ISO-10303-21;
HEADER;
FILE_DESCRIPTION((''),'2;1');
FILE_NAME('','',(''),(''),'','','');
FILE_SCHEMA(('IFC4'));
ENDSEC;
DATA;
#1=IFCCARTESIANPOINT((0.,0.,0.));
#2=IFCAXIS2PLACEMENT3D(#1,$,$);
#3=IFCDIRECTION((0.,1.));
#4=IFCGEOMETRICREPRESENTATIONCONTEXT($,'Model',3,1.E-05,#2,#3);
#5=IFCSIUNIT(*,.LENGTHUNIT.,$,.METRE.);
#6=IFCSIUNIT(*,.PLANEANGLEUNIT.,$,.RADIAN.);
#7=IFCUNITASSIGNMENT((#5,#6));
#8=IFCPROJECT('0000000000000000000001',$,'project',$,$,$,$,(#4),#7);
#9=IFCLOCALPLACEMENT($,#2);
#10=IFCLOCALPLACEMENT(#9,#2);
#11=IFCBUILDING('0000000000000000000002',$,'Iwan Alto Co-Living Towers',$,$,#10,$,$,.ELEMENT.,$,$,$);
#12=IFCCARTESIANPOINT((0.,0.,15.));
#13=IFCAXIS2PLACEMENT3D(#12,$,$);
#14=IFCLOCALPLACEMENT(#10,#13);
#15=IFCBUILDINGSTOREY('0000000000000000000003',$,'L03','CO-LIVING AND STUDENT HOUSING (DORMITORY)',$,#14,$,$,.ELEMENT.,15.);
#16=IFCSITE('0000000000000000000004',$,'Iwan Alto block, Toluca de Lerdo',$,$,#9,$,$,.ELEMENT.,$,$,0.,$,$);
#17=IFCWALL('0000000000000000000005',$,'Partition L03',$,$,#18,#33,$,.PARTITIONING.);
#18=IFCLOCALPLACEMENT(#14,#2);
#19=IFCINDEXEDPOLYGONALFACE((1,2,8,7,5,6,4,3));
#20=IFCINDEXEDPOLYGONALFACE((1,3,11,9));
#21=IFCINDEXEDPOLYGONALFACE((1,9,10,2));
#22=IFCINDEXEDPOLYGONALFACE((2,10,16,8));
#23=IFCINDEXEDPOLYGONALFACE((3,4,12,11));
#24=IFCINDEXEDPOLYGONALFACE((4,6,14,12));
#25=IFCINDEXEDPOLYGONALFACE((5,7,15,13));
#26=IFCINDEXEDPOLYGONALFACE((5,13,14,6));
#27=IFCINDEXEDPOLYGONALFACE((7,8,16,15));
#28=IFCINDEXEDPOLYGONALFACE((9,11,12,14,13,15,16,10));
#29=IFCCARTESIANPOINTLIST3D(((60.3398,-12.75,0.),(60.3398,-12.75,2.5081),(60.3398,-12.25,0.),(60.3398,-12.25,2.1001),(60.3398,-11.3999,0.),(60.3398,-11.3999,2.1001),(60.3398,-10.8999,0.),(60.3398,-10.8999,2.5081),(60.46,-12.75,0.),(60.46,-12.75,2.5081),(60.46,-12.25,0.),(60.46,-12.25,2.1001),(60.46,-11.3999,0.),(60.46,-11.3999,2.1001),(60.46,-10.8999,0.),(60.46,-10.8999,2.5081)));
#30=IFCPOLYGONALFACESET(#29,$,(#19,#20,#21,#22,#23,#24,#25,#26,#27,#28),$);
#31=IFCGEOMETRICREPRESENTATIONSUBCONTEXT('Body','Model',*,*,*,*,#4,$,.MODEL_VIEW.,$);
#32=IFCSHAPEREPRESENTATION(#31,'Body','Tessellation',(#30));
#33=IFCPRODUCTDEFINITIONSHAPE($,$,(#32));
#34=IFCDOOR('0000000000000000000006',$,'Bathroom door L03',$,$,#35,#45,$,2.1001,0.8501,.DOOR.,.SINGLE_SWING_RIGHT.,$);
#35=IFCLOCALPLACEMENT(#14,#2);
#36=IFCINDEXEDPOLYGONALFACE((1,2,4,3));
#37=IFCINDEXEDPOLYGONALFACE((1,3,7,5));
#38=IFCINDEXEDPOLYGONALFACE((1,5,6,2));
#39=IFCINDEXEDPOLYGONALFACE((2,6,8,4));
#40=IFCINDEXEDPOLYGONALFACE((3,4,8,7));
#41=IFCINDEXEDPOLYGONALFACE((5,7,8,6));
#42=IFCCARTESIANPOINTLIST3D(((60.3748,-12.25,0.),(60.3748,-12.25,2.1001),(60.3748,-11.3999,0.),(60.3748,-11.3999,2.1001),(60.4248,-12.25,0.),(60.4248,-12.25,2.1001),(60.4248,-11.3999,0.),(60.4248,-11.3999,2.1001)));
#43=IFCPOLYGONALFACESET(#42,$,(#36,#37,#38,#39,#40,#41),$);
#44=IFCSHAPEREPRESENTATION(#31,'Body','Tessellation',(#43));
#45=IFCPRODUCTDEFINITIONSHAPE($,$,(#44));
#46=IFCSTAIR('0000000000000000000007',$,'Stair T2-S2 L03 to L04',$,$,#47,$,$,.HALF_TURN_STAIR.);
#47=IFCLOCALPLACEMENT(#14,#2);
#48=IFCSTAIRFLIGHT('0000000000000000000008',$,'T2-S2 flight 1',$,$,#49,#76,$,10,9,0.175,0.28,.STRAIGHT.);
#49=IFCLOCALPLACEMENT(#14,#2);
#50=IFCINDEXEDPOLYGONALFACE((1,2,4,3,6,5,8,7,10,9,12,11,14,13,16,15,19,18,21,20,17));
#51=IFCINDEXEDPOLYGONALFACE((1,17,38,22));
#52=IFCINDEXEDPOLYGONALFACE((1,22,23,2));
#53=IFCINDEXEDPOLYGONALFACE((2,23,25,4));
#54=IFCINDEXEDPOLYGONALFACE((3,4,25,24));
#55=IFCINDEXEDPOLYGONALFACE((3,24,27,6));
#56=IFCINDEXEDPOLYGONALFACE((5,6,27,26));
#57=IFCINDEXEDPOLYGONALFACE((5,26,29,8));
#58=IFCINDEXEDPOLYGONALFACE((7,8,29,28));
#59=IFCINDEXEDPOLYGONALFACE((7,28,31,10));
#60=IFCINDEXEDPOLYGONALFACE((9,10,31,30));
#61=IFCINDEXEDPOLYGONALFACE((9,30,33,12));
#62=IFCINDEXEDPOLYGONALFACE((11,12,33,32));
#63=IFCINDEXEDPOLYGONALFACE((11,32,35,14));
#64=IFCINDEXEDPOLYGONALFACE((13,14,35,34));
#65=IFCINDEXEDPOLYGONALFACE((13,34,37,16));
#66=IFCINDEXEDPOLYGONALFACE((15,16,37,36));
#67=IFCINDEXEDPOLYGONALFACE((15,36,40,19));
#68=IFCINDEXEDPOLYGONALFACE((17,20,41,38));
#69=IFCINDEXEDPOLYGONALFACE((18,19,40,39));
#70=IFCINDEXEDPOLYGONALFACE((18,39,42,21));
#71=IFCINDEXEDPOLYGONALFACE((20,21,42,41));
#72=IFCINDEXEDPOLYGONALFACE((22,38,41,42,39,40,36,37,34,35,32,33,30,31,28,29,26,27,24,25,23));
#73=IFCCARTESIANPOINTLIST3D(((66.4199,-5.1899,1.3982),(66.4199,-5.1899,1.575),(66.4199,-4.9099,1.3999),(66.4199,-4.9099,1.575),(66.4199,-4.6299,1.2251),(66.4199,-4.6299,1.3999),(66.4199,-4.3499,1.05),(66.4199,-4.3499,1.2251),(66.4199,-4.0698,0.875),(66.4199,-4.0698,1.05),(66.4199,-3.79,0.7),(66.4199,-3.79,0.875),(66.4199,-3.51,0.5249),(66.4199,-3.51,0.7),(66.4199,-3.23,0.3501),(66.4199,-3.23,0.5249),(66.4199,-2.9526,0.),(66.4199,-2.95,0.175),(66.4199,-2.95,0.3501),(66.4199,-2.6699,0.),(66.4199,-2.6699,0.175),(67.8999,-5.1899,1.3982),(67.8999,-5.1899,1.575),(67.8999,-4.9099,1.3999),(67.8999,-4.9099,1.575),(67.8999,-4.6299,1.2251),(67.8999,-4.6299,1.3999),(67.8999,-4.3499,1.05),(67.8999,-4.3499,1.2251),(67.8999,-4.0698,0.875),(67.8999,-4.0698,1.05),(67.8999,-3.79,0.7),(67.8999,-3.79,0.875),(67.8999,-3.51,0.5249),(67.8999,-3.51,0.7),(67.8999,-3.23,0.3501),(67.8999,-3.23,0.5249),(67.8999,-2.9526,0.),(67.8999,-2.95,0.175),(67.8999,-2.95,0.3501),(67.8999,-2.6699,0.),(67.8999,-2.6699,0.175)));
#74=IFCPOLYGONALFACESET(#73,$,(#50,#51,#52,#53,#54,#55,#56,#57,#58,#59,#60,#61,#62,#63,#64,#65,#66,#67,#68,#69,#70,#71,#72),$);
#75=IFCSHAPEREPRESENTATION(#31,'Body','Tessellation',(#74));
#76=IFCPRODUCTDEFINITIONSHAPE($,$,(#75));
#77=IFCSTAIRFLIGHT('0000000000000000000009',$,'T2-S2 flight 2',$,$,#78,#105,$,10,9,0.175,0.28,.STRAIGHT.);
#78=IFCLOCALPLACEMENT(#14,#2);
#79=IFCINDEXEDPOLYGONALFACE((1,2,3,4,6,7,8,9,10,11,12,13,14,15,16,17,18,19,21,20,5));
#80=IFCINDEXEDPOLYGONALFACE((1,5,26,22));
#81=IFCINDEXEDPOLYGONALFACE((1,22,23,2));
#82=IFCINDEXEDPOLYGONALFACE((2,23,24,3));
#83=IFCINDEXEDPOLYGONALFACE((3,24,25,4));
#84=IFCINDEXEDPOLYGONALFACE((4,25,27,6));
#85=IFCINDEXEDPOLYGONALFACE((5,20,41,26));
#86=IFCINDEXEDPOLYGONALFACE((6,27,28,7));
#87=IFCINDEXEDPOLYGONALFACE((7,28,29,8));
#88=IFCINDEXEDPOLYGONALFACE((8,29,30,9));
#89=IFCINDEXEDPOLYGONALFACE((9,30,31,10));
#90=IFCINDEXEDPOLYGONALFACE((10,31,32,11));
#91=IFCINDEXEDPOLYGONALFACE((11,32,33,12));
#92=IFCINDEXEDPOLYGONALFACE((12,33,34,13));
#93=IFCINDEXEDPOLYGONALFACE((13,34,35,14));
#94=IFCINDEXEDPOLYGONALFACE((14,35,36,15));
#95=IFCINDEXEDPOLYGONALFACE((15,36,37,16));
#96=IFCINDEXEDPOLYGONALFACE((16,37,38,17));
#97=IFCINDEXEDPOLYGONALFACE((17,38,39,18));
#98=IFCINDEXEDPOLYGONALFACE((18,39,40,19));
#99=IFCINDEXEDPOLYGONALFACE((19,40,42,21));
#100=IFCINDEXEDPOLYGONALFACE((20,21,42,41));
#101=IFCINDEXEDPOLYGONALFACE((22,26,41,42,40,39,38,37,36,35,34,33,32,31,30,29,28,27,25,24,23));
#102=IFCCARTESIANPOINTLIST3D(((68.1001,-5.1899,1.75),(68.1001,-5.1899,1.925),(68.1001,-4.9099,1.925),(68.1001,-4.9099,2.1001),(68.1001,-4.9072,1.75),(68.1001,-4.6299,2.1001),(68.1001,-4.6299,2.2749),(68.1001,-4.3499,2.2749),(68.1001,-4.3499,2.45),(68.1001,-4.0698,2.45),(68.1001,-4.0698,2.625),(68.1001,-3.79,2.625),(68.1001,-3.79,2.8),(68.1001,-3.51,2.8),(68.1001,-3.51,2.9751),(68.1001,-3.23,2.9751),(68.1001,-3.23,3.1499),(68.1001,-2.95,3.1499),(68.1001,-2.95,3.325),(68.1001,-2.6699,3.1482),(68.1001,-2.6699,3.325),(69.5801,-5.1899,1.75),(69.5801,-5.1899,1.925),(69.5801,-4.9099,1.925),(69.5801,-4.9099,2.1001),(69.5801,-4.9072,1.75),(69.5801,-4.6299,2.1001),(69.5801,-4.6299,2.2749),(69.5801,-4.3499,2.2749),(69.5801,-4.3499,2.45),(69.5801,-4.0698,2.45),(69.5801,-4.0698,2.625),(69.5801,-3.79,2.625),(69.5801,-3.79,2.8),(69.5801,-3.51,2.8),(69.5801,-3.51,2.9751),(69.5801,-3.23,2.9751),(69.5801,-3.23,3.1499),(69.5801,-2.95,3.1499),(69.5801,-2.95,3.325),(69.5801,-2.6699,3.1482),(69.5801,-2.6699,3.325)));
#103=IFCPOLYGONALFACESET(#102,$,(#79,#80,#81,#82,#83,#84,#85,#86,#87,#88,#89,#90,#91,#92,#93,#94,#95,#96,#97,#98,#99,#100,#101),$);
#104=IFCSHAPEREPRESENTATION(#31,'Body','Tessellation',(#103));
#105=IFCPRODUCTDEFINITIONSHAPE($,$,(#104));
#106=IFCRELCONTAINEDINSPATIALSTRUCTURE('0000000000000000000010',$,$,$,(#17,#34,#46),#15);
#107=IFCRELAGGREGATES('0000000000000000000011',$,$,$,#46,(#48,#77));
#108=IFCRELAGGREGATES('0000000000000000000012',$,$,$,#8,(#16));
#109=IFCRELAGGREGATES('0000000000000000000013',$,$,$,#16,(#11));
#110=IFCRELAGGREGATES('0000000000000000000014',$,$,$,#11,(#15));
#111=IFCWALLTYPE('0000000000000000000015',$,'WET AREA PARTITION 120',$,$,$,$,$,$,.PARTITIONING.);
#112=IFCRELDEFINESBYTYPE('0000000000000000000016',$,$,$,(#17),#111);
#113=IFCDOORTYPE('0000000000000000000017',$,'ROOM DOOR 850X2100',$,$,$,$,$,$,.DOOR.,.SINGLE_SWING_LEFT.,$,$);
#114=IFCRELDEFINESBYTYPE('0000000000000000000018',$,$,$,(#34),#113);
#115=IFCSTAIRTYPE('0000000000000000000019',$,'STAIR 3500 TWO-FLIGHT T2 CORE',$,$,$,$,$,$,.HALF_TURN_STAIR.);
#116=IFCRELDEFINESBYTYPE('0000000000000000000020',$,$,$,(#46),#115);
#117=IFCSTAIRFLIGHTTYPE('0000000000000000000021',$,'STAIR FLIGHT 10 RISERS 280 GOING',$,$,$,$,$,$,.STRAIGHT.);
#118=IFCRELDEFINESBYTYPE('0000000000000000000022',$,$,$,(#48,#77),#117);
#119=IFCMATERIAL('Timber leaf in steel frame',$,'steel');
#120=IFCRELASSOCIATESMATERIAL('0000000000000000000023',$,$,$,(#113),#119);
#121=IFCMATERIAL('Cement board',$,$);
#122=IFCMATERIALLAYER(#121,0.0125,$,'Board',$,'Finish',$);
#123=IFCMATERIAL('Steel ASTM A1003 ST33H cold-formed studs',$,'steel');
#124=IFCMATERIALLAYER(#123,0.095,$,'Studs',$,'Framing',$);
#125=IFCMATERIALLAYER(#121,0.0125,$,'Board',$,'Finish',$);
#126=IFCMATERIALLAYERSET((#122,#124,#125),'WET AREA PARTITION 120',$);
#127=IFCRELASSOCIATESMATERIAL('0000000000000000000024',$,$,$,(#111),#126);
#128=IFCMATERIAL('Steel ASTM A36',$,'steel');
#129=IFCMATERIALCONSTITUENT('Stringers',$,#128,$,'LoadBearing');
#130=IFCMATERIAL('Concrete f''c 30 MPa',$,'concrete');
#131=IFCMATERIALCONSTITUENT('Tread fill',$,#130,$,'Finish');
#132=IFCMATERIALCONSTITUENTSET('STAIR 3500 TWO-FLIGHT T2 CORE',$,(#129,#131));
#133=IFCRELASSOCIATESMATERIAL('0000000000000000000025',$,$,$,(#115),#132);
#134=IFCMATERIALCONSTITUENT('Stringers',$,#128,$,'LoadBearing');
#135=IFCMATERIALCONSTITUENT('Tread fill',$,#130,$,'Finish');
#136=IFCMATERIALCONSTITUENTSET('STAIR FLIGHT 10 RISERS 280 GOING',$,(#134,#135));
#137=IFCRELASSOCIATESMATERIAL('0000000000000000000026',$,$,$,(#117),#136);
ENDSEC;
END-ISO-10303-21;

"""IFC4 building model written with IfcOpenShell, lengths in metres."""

from ifc_helpers import new_model, si_unit, direction, frame, frame_2d, origin, place, context, subcontext, project, spatial, polyline, rectangle, outline, extrude, material, layer, layer_set, constituent, constituent_set, type_object, element, fill, aggregate, save


model = new_model("IFC4")

# Units and contexts
model_context = context("Model", 3, precision=1e-05, world=origin(), true_north=direction((0.0, 1.0)))
body_context = subcontext(model_context, "Body", "Model", "MODEL_VIEW")
ifc_project = project(units=[si_unit("LENGTHUNIT", "METRE"), si_unit("PLANEANGLEUNIT", "RADIAN")], contexts=[model_context])

# Site, building, storey
site_placement = place(None, origin())
site = spatial("IfcSite", under=ifc_project, at=site_placement, Name="Iwan Alto block, Toluca de Lerdo", CompositionType="ELEMENT", RefElevation=0.0)
building_placement = place(site_placement, origin())
building = spatial("IfcBuilding", under=site, at=building_placement, Name="Iwan Alto Co-Living Towers", CompositionType="ELEMENT")
storey_placement = place(building_placement, frame((0.0, 0.0, 15.0)))
storey = spatial("IfcBuildingStorey", under=building, at=storey_placement, Name="L03", Description="CO-LIVING AND STUDENT HOUSING (DORMITORY)", CompositionType="ELEMENT", Elevation=15.0)

# Shared definitions
ifc_material_1 = material(Name="Steel ASTM A1003 ST33H cold-formed studs", Category="steel")
ifc_material_2 = material(Name="Timber leaf in steel frame", Category="steel")
door_type_1 = type_object("IfcDoorType", Name="ROOM DOOR 850X2100", OperationType="SINGLE_SWING_LEFT", PredefinedType="DOOR", material=ifc_material_2)

# Shared definitions
ifc_material_3 = material(Name="Cement board")
ifc_layer_1 = layer(ifc_material_3, 0.0125, Name="Board", Category="Finish")
ifc_layer_2 = layer(ifc_material_1, 0.095, Name="Studs", Category="Framing")
ifc_layer_3 = layer(ifc_material_3, 0.0125, Name="Board", Category="Finish")
ifc_layer_set_1 = layer_set([ifc_layer_1, ifc_layer_2, ifc_layer_3], Name="WET AREA PARTITION 120")
wall_type_1 = type_object("IfcWallType", Name="WET AREA PARTITION 120", PredefinedType="PARTITIONING", material=ifc_layer_set_1)

# Wall, opening, door
wall_1_placement = place(storey_placement, frame((60.3999, -12.75, 0.0), z_axis=(0.0, 0.0, 1.0), x_axis=(0.0, 1.0, 0.0)))
wall_1 = element("IfcWall", 1, at=wall_1_placement, inside=storey, type_object=wall_type_1, Name="Partition L03", PredefinedType="PARTITIONING", context=body_context, shape_type="SweptSolid", body=[
    extrude(rectangle(XDim=1.8501, YDim=0.1201, at=frame_2d((0.925, 0.0))), origin(), (0.0, 0.0, 1.0), 2.5081),
])
opening_1_placement = place(wall_1_placement, frame((0.5, 0.0, 0.0)))
opening_1 = element("IfcOpeningElement", 2, at=opening_1_placement, cuts=wall_1, PredefinedType="OPENING", context=body_context, shape_type="SweptSolid", body=[
    extrude(rectangle(XDim=0.8501, YDim=2.1001, at=frame_2d((0.425, 1.05))), frame((0.0, 0.0701, 0.0), z_axis=(0.0, -1.0, 0.0), x_axis=(1.0, 0.0, 0.0)), (0.0, 0.0, 1.0), 0.1401),
])
door_1_placement = place(opening_1_placement, frame((0.8501, 0.0, 0.0), z_axis=(0.0, 0.0, 1.0), x_axis=(-1.0, 0.0, 0.0)))
door_1 = element("IfcDoor", 3, at=door_1_placement, inside=storey, type_object=door_type_1, Name="Bathroom door L03", OperationType="SINGLE_SWING_RIGHT", OverallHeight=2.1001, OverallWidth=0.8501, PredefinedType="DOOR", context=body_context, shape_type="SweptSolid", body=[
    extrude(rectangle(XDim=0.8501, YDim=2.1001, at=frame_2d((0.425, 1.05))), frame((0.0, 0.0249, 0.0), z_axis=(0.0, -1.0, 0.0), x_axis=(1.0, 0.0, 0.0)), (0.0, 0.0, 1.0), 0.05),
])
fill(opening_1, door_1)

# Stair, stair flights
ifc_material_4 = material(Name="Steel ASTM A36", Category="steel")
ifc_constituent_1 = constituent(ifc_material_4, Name="Stringers", Category="LoadBearing")
ifc_material_5 = material(Name="Concrete f'c 30 MPa", Category="concrete")
ifc_constituent_2 = constituent(ifc_material_5, Name="Tread fill", Category="Finish")
ifc_constituent_set_1 = constituent_set(constituents=[ifc_constituent_1, ifc_constituent_2], Name="STAIR 3500 TWO-FLIGHT T2 CORE")
stair_type = type_object("IfcStairType", Name="STAIR 3500 TWO-FLIGHT T2 CORE", PredefinedType="HALF_TURN_STAIR", material=ifc_constituent_set_1)
stair_placement = place(storey_placement, origin())
stair = element("IfcStair", 4, at=stair_placement, inside=storey, type_object=stair_type, Name="Stair T2-S2 L03 to L04", PredefinedType="HALF_TURN_STAIR")
ifc_constituent_3 = constituent(ifc_material_4, Name="Stringers", Category="LoadBearing")
ifc_constituent_4 = constituent(ifc_material_5, Name="Tread fill", Category="Finish")
ifc_constituent_set_2 = constituent_set(constituents=[ifc_constituent_3, ifc_constituent_4], Name="STAIR FLIGHT 10 RISERS 280 GOING")
stair_flight_type = type_object("IfcStairFlightType", Name="STAIR FLIGHT 10 RISERS 280 GOING", PredefinedType="STRAIGHT", material=ifc_constituent_set_2)
stair_flight_1_placement = place(storey_placement, frame((67.1599, -2.6699, 0.0), z_axis=(0.0, 0.0, 1.0), x_axis=(0.0, -1.0, 0.0)))
stair_flight_1 = element("IfcStairFlight", 5, at=stair_flight_1_placement, type_object=stair_flight_type, Name="T2-S2 flight 1", NumberOfRisers=10, NumberOfTreads=9, PredefinedType="STRAIGHT", RiserHeight=0.175, TreadLength=0.28, context=body_context, shape_type="SweptSolid", body=[
    extrude(outline(polyline([(0.0, 0.0), (0.0, 0.175), (0.28, 0.175), (0.28, 0.3501), (0.5601, 0.3501), (0.5601, 0.5249), (0.8401, 0.5249), (0.8401, 0.7), (1.1201, 0.7), (1.1201, 0.875), (1.3999, 0.875), (1.3999, 1.05), (1.6799, 1.05), (1.6799, 1.2251), (1.96, 1.2251), (1.96, 1.3999), (2.24, 1.3999), (2.24, 1.575), (2.52, 1.575), (2.52, 1.75), (2.52, 1.3982), (0.2827, 0.0), (0.0, 0.0)])), frame((0.0, 0.74, 0.0), z_axis=(0.0, -1.0, 0.0), x_axis=(1.0, 0.0, 0.0)), (0.0, 0.0, 1.0), 1.48),
])
stair_flight_2_placement = place(storey_placement, frame((68.8401, -5.1899, 1.75), z_axis=(0.0, 0.0, 1.0), x_axis=(0.0, 1.0, 0.0)))
stair_flight_2 = element("IfcStairFlight", 6, at=stair_flight_2_placement, type_object=stair_flight_type, Name="T2-S2 flight 2", NumberOfRisers=10, NumberOfTreads=9, PredefinedType="STRAIGHT", RiserHeight=0.175, TreadLength=0.28, context=body_context, shape_type="SweptSolid", body=[
    extrude(outline(polyline([(0.0, 0.0), (0.0, 0.175), (0.28, 0.175), (0.28, 0.3501), (0.5601, 0.3501), (0.5601, 0.5249), (0.8401, 0.5249), (0.8401, 0.7), (1.1201, 0.7), (1.1201, 0.875), (1.3999, 0.875), (1.3999, 1.05), (1.6799, 1.05), (1.6799, 1.2251), (1.96, 1.2251), (1.96, 1.3999), (2.24, 1.3999), (2.24, 1.575), (2.52, 1.575), (2.52, 1.75), (2.52, 1.3982), (0.2827, 0.0), (0.0, 0.0)])), frame((0.0, 0.74, 0.0), z_axis=(0.0, -1.0, 0.0), x_axis=(1.0, 0.0, 0.0)), (0.0, 0.0, 1.0), 1.48),
])
aggregate(stair, [stair_flight_1, stair_flight_2])

save(model, "model.ifc")
